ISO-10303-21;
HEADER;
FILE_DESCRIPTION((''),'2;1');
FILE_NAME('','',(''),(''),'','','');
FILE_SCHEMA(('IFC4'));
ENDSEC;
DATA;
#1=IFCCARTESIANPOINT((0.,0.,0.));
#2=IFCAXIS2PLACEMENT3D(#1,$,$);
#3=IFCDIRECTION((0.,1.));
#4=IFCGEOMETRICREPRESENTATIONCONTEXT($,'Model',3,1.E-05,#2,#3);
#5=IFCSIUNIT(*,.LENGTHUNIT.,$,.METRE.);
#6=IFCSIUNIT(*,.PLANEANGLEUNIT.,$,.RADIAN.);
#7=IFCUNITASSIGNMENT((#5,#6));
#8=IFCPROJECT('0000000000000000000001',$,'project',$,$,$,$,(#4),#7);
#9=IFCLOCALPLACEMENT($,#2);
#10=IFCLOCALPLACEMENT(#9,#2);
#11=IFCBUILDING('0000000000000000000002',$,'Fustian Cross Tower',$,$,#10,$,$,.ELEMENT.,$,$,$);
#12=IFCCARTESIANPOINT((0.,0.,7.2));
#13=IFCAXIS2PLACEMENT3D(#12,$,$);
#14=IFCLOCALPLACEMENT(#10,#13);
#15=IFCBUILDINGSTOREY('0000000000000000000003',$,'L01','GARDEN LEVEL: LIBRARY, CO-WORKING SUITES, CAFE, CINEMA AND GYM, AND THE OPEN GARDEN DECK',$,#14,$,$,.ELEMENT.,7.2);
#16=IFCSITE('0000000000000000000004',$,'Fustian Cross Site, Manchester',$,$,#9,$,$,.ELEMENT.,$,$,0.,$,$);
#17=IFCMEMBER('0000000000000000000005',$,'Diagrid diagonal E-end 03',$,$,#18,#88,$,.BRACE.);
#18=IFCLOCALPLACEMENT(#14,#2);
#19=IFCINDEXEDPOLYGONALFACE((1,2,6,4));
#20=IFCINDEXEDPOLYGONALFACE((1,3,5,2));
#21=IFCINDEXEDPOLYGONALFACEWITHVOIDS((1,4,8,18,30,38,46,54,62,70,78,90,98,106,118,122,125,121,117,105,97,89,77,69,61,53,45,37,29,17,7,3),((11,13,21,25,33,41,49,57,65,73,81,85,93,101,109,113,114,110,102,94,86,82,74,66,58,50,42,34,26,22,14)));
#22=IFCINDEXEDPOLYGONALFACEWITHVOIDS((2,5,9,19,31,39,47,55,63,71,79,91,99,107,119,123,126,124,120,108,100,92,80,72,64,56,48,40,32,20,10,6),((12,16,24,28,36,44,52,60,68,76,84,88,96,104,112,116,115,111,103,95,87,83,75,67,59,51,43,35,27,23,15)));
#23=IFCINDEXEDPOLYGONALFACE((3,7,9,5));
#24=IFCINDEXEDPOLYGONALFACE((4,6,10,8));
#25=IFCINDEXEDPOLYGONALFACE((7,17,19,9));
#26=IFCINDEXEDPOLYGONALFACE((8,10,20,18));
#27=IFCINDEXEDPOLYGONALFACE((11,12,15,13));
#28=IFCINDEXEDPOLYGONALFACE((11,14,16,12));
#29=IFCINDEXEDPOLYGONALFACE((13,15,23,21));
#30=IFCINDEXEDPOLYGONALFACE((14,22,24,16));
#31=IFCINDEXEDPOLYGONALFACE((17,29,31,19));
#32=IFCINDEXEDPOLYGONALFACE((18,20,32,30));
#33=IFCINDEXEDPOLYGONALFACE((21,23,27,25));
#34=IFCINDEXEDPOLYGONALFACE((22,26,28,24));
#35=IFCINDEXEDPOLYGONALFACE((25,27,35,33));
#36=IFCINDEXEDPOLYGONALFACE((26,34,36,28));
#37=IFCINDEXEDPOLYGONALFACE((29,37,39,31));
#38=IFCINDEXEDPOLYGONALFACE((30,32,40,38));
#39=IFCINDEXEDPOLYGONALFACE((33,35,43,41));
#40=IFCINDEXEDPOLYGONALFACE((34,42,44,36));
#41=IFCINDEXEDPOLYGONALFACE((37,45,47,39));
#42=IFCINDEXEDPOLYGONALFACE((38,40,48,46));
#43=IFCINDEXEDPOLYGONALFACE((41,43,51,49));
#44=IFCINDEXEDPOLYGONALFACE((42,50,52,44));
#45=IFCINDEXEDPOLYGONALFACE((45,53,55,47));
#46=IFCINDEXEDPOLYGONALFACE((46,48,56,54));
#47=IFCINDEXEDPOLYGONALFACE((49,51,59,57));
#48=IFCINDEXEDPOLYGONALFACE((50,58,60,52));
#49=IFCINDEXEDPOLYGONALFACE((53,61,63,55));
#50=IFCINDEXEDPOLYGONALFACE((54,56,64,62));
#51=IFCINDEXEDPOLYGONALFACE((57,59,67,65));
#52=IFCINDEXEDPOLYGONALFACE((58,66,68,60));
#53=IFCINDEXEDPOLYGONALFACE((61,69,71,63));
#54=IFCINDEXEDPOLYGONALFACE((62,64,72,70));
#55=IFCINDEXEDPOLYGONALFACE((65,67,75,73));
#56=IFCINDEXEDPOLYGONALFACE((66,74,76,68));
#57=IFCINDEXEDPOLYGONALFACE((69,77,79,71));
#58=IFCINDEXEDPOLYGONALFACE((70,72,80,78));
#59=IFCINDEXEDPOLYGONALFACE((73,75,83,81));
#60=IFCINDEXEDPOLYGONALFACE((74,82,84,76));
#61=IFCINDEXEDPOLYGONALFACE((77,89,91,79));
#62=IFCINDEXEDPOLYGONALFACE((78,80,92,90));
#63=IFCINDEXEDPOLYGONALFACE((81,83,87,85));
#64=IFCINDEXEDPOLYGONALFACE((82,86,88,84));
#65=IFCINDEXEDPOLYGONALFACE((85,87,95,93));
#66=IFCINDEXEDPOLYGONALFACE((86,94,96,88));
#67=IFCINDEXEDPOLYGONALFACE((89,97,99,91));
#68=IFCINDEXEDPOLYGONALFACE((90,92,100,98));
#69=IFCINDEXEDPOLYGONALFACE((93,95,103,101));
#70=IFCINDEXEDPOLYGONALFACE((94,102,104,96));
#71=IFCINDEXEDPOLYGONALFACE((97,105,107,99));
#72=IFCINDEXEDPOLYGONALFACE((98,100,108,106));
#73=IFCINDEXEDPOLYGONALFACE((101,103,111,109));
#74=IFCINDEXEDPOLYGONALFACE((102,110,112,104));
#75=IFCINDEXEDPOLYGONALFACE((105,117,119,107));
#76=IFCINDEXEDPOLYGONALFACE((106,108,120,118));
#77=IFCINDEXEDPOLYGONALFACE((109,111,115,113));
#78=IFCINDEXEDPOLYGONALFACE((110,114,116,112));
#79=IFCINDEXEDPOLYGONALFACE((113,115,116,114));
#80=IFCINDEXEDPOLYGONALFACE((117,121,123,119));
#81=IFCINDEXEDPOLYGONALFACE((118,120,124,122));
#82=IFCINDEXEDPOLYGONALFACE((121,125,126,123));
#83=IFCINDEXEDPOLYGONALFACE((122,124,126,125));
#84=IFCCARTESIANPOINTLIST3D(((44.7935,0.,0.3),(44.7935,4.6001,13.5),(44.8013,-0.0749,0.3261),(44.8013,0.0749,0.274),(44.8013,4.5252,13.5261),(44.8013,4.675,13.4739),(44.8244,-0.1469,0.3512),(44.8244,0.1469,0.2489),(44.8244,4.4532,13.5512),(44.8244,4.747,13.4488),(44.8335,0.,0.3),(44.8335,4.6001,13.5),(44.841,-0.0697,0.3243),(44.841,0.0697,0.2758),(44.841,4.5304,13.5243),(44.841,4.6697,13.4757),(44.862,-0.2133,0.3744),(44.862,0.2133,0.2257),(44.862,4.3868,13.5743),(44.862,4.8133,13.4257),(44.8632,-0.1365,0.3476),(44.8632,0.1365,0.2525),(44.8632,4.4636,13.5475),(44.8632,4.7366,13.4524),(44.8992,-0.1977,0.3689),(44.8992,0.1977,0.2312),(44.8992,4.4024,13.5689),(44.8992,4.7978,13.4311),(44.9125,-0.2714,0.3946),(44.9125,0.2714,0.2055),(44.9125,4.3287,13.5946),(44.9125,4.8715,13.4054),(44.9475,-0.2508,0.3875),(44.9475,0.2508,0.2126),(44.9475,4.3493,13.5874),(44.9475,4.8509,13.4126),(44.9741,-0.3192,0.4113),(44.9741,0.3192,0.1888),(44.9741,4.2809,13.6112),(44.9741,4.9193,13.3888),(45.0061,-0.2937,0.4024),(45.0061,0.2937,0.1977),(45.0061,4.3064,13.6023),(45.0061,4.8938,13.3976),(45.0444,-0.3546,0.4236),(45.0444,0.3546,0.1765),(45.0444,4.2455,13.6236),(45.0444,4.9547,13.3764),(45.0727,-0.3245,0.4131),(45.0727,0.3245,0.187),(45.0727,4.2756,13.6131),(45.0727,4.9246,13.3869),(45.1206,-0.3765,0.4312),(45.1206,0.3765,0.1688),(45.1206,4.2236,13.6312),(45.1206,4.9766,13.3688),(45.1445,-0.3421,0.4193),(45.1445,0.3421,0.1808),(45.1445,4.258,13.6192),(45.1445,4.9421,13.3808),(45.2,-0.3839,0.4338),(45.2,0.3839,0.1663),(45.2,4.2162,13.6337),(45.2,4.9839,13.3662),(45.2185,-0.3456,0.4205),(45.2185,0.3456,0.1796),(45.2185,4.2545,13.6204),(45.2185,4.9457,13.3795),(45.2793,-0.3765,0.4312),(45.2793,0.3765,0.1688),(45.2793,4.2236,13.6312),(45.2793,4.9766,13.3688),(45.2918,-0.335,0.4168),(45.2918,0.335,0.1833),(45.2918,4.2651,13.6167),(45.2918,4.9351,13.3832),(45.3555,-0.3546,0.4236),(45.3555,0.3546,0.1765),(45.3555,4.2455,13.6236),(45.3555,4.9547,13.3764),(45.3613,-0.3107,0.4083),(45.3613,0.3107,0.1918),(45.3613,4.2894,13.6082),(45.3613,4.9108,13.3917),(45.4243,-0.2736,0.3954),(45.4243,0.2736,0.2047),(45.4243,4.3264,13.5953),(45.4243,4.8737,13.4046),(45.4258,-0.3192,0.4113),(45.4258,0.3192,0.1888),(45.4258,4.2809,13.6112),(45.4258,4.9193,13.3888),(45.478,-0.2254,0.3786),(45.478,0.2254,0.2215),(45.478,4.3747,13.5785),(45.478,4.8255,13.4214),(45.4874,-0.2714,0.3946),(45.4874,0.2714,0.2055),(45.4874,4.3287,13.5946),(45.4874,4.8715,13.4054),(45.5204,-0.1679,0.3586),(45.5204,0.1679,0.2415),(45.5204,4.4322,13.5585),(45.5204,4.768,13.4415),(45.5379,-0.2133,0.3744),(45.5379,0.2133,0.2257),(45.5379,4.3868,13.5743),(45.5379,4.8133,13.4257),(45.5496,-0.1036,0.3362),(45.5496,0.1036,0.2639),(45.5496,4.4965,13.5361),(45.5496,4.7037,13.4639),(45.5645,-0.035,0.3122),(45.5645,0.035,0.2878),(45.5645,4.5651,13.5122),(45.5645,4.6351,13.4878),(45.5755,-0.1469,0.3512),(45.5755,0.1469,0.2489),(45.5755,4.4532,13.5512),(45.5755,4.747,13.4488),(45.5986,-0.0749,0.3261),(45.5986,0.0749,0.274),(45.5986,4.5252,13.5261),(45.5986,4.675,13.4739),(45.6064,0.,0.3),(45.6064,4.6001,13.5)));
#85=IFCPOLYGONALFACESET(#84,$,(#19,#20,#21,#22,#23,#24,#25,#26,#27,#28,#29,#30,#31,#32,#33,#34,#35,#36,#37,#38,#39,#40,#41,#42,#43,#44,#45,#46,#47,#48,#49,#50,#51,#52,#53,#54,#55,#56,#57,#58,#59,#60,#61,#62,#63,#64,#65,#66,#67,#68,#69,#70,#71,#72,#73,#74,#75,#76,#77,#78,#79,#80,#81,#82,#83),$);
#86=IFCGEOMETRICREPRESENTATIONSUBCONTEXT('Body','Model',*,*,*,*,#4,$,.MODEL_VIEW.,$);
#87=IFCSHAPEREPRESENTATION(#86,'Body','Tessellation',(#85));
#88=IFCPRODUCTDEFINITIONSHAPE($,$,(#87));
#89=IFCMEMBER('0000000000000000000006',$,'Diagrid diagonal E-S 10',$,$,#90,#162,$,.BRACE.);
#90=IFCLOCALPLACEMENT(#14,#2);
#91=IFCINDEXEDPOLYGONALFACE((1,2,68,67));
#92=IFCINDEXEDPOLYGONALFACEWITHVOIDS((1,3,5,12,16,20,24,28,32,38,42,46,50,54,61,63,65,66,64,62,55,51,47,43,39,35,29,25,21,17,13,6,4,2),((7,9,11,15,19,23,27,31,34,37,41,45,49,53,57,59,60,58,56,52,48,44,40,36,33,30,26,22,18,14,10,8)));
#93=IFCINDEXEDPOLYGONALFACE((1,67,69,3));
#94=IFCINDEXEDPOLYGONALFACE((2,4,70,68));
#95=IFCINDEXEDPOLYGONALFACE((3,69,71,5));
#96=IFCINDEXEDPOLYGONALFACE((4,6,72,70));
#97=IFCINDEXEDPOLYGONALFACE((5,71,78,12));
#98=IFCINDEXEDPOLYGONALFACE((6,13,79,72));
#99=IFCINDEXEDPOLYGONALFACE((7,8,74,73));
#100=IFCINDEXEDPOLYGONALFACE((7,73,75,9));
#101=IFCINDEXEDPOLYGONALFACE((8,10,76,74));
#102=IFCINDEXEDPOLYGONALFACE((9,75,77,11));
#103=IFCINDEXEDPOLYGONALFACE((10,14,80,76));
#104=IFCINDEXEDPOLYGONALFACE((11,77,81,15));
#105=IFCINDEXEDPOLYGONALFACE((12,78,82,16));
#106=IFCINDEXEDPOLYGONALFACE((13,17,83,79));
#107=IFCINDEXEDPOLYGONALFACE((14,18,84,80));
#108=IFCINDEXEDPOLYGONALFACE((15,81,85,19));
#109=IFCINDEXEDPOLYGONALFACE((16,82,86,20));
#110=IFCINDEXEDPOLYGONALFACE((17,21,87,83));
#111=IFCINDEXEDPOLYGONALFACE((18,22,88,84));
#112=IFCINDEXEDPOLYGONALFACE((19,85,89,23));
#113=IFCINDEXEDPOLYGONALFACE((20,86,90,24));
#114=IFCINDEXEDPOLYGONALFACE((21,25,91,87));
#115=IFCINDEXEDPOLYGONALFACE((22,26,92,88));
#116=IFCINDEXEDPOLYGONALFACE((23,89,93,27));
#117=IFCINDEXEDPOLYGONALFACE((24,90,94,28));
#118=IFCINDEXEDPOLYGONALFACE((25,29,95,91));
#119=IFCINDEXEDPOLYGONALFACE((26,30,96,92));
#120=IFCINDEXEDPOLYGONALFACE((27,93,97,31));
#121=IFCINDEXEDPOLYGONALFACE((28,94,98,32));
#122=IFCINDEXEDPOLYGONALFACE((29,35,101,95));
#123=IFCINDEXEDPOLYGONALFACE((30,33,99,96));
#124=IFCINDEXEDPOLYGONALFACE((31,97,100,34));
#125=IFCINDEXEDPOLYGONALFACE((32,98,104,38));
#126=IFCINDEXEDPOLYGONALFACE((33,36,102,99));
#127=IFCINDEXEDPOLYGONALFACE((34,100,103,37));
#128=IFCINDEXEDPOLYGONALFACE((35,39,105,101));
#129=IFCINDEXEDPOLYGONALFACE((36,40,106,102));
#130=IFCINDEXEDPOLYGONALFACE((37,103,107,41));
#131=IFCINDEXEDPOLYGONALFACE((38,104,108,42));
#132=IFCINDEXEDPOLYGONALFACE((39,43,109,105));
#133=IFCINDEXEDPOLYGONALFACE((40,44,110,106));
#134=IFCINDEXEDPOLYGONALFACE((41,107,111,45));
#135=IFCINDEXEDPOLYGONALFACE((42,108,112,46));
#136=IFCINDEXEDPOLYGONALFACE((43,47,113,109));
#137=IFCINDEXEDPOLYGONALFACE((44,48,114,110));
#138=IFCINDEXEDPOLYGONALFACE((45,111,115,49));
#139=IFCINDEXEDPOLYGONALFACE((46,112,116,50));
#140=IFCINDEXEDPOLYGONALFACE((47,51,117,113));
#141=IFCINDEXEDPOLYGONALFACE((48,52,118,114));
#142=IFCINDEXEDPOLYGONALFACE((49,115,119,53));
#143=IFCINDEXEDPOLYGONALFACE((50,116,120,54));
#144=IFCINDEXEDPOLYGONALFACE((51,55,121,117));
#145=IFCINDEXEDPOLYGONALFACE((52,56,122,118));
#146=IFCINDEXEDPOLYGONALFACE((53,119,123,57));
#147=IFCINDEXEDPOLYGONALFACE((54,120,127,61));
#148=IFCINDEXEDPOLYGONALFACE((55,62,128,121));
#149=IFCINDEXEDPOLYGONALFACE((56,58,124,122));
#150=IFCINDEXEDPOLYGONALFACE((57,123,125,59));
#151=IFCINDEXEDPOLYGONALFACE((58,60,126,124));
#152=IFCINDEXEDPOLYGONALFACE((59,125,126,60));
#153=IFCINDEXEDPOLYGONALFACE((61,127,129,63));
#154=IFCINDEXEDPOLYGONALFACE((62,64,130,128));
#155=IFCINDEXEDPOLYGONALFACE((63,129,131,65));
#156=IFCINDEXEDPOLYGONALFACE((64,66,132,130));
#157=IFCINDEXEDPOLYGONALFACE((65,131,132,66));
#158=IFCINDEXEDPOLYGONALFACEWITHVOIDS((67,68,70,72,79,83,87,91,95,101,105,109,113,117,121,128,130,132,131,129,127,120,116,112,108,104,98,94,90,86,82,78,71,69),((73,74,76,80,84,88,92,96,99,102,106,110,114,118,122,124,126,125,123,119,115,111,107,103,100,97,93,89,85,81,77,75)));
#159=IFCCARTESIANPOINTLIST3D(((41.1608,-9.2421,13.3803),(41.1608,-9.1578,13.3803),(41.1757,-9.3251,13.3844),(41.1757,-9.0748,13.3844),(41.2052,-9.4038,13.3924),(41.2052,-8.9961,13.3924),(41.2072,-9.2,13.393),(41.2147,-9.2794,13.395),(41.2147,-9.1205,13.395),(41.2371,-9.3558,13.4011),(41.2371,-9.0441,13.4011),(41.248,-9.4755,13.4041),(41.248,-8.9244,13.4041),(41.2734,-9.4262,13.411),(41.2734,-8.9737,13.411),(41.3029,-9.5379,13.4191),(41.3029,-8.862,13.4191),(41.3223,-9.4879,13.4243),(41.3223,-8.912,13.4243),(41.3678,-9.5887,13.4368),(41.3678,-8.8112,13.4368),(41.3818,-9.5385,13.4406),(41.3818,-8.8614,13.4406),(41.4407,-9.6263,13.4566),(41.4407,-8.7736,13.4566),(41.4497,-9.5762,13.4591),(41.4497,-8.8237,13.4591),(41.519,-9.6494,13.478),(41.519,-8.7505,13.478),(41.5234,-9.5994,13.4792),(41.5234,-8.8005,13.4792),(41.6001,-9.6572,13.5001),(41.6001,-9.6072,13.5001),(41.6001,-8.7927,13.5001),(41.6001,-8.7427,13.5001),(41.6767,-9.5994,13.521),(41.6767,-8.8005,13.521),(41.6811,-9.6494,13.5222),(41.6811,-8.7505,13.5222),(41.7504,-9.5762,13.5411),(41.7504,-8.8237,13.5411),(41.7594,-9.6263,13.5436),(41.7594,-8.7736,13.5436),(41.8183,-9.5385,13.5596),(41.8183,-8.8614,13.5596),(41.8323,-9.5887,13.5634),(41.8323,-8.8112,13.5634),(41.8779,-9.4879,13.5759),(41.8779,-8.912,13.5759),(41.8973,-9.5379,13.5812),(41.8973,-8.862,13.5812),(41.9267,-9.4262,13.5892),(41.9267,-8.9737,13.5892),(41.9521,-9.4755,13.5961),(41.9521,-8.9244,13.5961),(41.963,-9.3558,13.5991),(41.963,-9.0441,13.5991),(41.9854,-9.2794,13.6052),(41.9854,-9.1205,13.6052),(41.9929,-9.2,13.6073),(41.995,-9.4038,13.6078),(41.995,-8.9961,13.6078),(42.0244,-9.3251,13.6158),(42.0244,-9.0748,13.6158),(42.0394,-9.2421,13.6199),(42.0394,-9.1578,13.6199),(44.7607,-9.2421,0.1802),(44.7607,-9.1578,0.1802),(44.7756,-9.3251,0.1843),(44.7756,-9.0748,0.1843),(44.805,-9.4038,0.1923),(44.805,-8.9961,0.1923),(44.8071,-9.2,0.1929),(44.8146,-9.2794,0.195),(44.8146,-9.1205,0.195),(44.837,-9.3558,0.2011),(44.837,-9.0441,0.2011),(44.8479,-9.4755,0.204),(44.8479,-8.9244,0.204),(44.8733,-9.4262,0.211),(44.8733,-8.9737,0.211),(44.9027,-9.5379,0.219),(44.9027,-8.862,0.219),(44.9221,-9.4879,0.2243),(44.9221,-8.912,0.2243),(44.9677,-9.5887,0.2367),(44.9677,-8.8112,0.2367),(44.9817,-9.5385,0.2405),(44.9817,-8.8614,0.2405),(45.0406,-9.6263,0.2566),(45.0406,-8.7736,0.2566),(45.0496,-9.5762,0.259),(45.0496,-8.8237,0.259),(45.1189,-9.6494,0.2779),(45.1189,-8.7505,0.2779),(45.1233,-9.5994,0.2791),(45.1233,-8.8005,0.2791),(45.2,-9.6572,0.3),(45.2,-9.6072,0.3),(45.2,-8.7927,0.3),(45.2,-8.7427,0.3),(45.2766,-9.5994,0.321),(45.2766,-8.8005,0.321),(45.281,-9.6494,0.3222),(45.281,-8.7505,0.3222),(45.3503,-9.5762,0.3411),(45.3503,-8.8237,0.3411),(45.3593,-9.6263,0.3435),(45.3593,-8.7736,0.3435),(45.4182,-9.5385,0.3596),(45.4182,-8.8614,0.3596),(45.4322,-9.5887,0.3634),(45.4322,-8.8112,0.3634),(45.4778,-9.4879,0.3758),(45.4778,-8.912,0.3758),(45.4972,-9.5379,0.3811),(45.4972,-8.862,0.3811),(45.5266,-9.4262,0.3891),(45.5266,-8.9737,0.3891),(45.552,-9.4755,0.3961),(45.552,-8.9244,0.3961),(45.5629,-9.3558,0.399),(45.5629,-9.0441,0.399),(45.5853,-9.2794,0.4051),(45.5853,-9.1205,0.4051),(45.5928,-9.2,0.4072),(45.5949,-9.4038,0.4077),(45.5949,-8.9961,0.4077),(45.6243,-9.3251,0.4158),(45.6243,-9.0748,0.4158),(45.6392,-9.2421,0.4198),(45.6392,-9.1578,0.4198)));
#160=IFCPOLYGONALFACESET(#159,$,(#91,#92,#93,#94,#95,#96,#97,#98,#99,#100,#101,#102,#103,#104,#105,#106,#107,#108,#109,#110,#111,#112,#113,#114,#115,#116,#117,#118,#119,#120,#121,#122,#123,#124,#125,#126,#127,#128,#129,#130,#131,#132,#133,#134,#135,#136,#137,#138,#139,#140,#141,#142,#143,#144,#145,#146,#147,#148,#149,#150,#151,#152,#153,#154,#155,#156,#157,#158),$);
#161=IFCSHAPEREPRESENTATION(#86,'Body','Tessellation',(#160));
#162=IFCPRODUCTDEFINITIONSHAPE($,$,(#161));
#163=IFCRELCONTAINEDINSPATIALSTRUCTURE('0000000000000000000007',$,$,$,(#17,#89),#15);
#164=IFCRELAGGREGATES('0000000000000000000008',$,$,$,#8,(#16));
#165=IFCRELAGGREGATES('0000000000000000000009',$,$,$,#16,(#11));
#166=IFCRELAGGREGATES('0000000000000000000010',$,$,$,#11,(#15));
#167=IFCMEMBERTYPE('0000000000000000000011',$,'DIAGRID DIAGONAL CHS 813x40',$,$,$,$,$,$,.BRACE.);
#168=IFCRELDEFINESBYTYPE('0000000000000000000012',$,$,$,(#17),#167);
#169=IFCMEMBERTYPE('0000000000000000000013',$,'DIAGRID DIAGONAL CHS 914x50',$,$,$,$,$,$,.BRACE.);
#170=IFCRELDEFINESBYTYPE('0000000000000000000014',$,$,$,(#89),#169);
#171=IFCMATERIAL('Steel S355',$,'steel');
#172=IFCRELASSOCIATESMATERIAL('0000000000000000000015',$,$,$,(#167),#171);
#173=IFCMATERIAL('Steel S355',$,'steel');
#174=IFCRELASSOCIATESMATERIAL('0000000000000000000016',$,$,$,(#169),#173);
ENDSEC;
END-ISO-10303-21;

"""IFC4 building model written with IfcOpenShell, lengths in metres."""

from ifc_helpers import new_model, si_unit, direction, frame, origin, origin_2d, place, context, subcontext, project, spatial, hollow_circle, extrude, material, material_profile, profile_set, type_object, element, save


model = new_model("IFC4")

# Units and contexts
model_context = context("Model", 3, precision=1e-05, world=origin(), true_north=direction((0.0, 1.0)))
body_context = subcontext(model_context, "Body", "Model", "MODEL_VIEW")
ifc_project = project(units=[si_unit("LENGTHUNIT", "METRE"), si_unit("PLANEANGLEUNIT", "RADIAN")], contexts=[model_context])

# Site, building, storey
site_placement = place(None, origin())
site = spatial("IfcSite", under=ifc_project, at=site_placement, Name="Fustian Cross Site, Manchester", CompositionType="ELEMENT", RefElevation=0.0)
building_placement = place(site_placement, origin())
building = spatial("IfcBuilding", under=site, at=building_placement, Name="Fustian Cross Tower", CompositionType="ELEMENT")
storey_placement = place(building_placement, frame((0.0, 0.0, 7.2)))
storey = spatial("IfcBuildingStorey", under=building, at=storey_placement, Name="L01", Description="GARDEN LEVEL: LIBRARY, CO-WORKING SUITES, CAFE, CINEMA AND GYM, AND THE OPEN GARDEN DECK", CompositionType="ELEMENT", Elevation=7.2)

# Members
ifc_material_1 = material(Name="Steel S355", Category="steel")
ifc_material_profile_1 = material_profile(ifc_material_1, hollow_circle(Radius=0.4065, WallThickness=0.04, at=origin_2d()), Name="CHS 813x40")
ifc_profile_set_1 = profile_set([ifc_material_profile_1], Name="Steel S355")
member_type_1 = type_object("IfcMemberType", Name="DIAGRID DIAGONAL CHS 813x40", PredefinedType="BRACE", material=ifc_profile_set_1)
for number, where, z_axis, x_axis, name in (
    (1, (45.2, 0.0, 0.3), (0.0, 0.329083, 0.944301), (-1.0, 0.0, 0.0), "Diagrid diagonal E-end 03"),
):
    element("IfcMember", number, at=place(storey_placement, frame(where, z_axis=z_axis, x_axis=x_axis)), inside=storey, type_object=member_type_1, Name=name, PredefinedType="BRACE", context=body_context, shape_type="SweptSolid", body=[
        extrude(hollow_circle(Radius=0.4065, WallThickness=0.04, at=origin_2d()), origin(), (0.0, 0.0, 1.0), 13.9785),
    ])
ifc_material_2 = material(Name="Steel S355", Category="steel")
ifc_material_profile_2 = material_profile(ifc_material_2, hollow_circle(Radius=0.4573, WallThickness=0.05, at=origin_2d()), Name="CHS 914x50")
ifc_profile_set_2 = profile_set([ifc_material_profile_2], Name="Steel S355")
member_type_2 = type_object("IfcMemberType", Name="DIAGRID DIAGONAL CHS 914x50", PredefinedType="BRACE", material=ifc_profile_set_2)
member_1_placement = place(storey_placement, frame((45.2, -9.2, 0.3), z_axis=(-0.263108, 0.0, 0.964766), x_axis=(0.0, -1.0, 0.0)))
element("IfcMember", 2, at=member_1_placement, inside=storey, type_object=member_type_2, Name="Diagrid diagonal E-S 10", PredefinedType="BRACE", context=body_context, shape_type="SweptSolid", body=[
    extrude(hollow_circle(Radius=0.4573, WallThickness=0.05, at=origin_2d()), origin(), (0.0, 0.0, 1.0), 13.6821),
])

save(model, "model.ifc")
